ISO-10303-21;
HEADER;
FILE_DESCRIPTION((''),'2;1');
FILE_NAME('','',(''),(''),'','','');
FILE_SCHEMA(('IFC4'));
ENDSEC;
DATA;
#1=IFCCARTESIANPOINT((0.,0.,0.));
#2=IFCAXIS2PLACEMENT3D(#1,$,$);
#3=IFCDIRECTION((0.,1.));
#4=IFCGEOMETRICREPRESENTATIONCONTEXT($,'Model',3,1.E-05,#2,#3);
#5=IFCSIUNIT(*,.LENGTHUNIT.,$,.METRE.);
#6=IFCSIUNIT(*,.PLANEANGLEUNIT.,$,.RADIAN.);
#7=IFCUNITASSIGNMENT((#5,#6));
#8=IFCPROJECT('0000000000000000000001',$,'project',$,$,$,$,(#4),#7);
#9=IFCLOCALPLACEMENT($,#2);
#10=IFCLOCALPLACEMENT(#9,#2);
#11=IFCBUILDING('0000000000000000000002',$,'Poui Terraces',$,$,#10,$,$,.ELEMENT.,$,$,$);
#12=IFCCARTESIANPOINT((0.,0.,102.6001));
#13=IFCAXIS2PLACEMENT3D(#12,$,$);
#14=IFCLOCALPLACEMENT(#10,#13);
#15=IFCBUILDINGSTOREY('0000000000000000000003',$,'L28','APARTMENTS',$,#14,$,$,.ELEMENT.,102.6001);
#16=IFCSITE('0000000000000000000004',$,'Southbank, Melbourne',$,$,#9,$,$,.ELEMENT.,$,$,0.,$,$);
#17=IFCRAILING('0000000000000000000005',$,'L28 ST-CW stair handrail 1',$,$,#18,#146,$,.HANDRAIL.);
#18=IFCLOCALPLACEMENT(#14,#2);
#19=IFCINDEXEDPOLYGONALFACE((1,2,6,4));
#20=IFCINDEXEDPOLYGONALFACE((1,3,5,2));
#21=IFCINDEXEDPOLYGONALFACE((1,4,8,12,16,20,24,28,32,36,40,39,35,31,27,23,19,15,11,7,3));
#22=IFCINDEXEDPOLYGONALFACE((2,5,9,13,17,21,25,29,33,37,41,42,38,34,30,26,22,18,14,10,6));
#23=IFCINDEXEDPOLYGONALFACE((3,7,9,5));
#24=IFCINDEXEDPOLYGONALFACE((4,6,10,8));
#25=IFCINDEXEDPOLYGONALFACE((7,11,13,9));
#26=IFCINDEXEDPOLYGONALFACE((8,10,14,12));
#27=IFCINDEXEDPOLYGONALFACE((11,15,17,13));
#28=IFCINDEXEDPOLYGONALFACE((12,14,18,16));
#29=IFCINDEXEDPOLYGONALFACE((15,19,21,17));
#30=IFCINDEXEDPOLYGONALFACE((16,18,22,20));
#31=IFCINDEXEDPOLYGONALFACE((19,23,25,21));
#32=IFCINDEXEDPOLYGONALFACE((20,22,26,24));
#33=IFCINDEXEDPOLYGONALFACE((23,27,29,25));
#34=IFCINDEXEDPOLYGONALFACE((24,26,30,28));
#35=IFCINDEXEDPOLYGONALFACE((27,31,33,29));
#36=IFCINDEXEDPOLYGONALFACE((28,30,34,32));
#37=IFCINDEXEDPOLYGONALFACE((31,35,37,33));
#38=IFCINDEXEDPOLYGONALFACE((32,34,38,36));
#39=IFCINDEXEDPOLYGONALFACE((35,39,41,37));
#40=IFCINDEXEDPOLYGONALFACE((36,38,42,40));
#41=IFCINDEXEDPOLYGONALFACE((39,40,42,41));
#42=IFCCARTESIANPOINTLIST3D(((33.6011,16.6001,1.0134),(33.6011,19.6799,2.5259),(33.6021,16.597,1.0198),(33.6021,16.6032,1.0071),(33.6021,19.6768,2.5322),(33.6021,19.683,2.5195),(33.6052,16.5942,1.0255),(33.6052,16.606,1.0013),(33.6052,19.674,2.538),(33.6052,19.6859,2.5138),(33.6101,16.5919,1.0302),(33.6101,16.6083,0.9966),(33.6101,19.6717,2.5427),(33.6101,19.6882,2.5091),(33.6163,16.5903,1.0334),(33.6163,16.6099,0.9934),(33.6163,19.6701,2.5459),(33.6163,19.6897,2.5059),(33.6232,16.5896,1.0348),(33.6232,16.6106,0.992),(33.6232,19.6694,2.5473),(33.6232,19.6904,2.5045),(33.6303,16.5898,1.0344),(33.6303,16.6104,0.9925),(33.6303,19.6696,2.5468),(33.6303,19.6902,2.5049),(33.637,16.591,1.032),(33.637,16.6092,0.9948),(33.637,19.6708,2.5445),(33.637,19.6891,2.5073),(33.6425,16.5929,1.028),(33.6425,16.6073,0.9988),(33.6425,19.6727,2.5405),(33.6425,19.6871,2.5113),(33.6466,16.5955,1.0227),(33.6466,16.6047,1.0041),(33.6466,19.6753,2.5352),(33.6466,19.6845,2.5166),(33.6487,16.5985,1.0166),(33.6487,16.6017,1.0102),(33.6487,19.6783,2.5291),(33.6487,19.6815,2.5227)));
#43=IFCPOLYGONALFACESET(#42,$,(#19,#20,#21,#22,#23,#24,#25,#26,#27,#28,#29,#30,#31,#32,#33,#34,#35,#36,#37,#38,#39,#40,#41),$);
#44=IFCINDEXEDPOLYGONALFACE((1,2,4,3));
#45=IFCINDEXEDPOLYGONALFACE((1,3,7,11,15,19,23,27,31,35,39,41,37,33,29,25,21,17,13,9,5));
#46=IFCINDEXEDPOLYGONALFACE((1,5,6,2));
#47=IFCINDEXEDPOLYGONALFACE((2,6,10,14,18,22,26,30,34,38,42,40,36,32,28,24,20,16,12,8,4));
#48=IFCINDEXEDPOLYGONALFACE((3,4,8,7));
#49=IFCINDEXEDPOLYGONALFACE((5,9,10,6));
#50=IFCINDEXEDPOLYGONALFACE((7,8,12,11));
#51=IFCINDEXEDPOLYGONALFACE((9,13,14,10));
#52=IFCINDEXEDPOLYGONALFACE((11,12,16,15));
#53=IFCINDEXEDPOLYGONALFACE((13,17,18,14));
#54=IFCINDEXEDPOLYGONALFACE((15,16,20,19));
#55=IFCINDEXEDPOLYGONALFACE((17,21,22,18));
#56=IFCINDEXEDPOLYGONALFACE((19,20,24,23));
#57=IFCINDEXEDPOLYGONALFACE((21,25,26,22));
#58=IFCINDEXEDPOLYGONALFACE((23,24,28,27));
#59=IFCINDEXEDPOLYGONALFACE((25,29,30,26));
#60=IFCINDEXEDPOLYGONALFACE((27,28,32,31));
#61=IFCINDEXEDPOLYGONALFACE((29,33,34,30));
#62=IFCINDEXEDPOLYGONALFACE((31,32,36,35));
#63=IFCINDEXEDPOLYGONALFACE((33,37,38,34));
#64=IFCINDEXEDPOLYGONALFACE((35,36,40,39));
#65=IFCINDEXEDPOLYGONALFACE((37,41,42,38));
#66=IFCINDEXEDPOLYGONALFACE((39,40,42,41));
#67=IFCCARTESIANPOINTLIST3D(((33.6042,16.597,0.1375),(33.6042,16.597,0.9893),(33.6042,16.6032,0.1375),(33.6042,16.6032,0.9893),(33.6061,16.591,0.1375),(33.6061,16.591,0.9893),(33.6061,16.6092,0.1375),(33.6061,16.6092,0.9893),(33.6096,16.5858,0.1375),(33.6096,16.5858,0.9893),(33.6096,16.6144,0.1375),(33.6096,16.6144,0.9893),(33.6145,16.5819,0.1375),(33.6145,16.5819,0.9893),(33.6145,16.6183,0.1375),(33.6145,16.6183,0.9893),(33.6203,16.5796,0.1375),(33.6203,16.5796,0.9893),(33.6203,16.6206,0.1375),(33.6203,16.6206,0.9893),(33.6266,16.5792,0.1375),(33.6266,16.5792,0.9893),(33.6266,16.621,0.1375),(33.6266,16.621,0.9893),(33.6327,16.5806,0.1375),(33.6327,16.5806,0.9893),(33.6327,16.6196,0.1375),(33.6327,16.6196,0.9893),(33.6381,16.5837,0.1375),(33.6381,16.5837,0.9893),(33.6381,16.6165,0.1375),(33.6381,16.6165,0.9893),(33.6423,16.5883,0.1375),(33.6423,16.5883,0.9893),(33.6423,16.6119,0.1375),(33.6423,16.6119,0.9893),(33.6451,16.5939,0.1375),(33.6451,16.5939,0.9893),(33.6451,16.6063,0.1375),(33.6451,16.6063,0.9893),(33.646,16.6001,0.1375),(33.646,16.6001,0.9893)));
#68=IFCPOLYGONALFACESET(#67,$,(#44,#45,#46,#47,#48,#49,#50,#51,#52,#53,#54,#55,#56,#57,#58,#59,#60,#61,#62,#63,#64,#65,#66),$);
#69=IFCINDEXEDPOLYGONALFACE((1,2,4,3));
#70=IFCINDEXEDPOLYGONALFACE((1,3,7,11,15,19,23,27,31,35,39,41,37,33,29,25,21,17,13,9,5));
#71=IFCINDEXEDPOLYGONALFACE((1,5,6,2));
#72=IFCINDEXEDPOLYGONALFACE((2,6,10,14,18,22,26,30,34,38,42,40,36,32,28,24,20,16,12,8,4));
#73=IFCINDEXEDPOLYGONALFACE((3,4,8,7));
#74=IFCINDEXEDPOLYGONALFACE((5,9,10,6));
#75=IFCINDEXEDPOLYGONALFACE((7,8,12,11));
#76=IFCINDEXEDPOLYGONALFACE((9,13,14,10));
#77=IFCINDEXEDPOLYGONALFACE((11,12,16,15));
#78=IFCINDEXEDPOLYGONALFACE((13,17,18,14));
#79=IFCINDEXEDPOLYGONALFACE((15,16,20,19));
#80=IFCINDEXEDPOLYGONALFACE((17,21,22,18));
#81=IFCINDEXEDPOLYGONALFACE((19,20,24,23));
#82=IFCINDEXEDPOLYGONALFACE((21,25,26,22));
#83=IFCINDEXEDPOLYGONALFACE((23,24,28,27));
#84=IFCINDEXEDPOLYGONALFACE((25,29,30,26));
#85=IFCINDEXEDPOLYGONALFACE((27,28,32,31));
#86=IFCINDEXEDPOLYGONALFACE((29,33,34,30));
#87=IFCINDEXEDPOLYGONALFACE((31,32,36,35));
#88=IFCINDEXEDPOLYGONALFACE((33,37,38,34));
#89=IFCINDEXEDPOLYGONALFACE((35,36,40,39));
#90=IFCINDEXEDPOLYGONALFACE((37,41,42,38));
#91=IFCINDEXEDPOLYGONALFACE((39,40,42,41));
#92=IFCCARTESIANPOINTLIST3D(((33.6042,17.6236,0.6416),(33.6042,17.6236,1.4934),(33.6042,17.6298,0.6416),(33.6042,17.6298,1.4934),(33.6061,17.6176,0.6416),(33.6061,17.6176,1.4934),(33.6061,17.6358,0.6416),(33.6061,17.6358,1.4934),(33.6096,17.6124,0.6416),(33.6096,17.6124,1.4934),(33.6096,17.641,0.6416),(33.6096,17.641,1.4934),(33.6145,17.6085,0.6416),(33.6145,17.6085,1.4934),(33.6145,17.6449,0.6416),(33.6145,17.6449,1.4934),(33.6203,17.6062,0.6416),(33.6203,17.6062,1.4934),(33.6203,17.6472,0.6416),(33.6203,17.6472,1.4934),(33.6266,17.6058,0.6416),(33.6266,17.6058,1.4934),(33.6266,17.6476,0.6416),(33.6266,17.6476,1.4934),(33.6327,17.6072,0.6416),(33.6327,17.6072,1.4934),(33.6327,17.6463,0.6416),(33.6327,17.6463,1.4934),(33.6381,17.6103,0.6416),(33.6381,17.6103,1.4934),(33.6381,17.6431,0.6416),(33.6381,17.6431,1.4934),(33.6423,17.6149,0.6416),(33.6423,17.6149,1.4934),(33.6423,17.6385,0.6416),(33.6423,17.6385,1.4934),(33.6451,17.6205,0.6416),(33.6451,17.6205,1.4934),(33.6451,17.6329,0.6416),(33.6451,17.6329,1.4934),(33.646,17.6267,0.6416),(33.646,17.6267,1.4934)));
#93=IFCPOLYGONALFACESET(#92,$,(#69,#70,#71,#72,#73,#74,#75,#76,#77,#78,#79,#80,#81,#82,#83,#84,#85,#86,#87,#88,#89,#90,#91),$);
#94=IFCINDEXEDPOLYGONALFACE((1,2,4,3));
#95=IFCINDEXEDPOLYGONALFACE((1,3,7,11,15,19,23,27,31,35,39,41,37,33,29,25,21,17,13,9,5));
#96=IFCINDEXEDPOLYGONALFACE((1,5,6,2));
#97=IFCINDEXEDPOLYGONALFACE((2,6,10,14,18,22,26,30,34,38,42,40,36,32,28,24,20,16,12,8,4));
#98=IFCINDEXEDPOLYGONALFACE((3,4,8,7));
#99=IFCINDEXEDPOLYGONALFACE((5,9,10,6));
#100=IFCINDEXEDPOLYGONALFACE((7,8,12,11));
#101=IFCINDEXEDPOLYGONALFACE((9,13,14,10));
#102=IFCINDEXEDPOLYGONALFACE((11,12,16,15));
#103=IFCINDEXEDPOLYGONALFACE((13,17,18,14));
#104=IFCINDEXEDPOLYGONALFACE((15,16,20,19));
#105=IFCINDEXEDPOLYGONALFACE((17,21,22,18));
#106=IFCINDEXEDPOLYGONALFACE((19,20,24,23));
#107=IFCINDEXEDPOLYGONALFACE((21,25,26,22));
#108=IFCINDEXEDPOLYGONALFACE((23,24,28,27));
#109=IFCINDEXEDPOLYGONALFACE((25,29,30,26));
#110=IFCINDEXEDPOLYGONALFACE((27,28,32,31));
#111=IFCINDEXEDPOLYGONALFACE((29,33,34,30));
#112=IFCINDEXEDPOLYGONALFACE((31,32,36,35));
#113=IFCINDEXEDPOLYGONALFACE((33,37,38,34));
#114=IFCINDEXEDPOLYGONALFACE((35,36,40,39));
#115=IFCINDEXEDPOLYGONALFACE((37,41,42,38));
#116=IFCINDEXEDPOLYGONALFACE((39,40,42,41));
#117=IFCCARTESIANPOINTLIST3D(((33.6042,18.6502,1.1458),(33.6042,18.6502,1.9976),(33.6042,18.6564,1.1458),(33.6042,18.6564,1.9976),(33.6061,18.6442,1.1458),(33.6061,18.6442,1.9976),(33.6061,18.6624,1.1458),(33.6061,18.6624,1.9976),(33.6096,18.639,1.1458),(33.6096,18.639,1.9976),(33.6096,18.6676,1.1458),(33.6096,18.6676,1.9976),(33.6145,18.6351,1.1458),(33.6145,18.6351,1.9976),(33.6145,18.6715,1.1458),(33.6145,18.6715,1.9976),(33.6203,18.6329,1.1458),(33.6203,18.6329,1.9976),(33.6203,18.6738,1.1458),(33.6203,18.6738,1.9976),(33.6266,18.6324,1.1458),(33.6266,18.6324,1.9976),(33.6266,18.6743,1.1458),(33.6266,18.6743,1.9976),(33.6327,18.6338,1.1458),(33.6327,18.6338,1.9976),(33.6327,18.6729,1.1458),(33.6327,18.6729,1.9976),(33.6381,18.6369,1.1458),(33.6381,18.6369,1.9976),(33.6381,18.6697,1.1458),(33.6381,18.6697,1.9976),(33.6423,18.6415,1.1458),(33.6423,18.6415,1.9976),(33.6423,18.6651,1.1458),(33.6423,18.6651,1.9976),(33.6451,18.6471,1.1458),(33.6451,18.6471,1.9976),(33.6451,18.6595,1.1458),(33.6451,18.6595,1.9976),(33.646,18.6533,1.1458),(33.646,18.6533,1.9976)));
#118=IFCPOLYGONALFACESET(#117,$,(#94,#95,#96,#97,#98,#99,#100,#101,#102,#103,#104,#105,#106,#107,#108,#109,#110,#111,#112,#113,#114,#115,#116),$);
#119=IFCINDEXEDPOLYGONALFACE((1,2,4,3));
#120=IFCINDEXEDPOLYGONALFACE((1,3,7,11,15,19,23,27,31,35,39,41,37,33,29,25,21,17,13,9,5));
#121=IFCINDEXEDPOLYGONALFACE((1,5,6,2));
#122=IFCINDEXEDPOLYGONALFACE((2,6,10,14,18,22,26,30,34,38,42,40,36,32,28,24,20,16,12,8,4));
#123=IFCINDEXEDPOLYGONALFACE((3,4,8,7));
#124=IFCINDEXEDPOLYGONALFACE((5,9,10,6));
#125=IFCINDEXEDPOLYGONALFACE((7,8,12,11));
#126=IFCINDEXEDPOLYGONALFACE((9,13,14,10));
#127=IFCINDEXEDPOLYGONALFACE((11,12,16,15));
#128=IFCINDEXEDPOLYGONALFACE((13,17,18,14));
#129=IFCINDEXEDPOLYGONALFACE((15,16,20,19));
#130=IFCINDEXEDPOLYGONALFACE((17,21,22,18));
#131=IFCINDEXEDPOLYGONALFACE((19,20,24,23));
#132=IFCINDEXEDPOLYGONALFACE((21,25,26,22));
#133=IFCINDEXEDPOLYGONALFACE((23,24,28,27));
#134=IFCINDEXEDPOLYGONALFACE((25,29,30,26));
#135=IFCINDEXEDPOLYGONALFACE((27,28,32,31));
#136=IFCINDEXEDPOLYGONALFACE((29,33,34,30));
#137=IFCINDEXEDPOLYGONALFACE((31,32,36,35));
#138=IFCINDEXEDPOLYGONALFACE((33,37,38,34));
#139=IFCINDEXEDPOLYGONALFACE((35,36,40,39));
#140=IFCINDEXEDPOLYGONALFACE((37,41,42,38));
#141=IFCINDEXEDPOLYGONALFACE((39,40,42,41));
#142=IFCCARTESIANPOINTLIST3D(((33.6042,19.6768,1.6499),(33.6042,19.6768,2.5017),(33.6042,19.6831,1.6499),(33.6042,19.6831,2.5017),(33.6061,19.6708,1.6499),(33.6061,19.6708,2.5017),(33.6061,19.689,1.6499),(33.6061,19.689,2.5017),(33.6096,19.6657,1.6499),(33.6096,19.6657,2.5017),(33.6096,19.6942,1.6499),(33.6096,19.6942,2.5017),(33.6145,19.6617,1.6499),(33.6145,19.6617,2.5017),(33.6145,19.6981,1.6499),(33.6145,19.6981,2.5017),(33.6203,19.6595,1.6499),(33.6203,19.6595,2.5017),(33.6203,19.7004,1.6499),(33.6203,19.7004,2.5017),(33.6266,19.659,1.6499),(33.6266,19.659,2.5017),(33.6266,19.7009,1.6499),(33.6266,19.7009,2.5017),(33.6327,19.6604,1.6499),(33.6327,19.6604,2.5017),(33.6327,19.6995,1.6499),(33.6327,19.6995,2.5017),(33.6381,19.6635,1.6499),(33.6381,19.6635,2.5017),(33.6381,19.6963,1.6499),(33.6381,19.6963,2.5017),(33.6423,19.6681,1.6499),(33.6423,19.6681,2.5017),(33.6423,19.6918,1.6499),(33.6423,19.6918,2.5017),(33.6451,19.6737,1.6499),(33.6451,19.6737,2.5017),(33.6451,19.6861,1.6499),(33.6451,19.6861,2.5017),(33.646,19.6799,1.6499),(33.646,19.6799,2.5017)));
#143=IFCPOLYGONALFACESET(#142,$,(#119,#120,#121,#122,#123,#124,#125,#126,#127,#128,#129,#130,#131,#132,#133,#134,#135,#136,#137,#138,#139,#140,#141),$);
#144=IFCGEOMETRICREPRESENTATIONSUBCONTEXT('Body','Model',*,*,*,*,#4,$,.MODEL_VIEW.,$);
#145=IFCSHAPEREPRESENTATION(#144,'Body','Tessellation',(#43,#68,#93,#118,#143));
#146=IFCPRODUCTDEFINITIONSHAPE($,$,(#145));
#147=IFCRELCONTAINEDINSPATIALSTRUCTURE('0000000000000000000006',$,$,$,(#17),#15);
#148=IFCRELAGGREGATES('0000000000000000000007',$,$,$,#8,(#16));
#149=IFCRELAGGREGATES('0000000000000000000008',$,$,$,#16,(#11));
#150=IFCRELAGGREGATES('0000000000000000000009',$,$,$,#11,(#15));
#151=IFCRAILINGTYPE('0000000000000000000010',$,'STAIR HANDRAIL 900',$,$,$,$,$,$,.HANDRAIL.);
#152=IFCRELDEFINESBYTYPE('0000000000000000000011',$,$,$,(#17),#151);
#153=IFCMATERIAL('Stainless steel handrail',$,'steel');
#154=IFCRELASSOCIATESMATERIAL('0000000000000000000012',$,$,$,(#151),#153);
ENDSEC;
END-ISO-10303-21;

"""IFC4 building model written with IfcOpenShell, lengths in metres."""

from ifc_helpers import new_model, si_unit, direction, frame, origin, origin_2d, place, context, subcontext, project, spatial, circle, extrude, material, type_object, element, save


model = new_model("IFC4")

# Units and contexts
model_context = context("Model", 3, precision=1e-05, world=origin(), true_north=direction((0.0, 1.0)))
body_context = subcontext(model_context, "Body", "Model", "MODEL_VIEW")
ifc_project = project(units=[si_unit("LENGTHUNIT", "METRE"), si_unit("PLANEANGLEUNIT", "RADIAN")], contexts=[model_context])

# Site, building, storey
site_placement = place(None, origin())
site = spatial("IfcSite", under=ifc_project, at=site_placement, Name="Southbank, Melbourne", CompositionType="ELEMENT", RefElevation=0.0)
building_placement = place(site_placement, origin())
building = spatial("IfcBuilding", under=site, at=building_placement, Name="Poui Terraces", CompositionType="ELEMENT")
storey_placement = place(building_placement, frame((0.0, 0.0, 102.6001)))
storey = spatial("IfcBuildingStorey", under=building, at=storey_placement, Name="L28", Description="APARTMENTS", CompositionType="ELEMENT", Elevation=102.6001)

# Railing
ifc_material_1 = material(Name="Stainless steel handrail", Category="steel")
railing_type_1 = type_object("IfcRailingType", Name="STAIR HANDRAIL 900", PredefinedType="HANDRAIL", material=ifc_material_1)
railing_1_placement = place(storey_placement, frame((33.625, 16.6001, 0.1375)))
element("IfcRailing", 1, at=railing_1_placement, inside=storey, type_object=railing_type_1, Name="L28 ST-CW stair handrail 1", PredefinedType="HANDRAIL", context=body_context, shape_type="SweptSolid", body=[
    extrude(circle(Radius=0.0239, at=origin_2d()), frame((0.0, 0.0, 0.876), z_axis=(0.0, 0.897606, 0.440798), x_axis=(-1.0, 0.0, 0.0)), (0.0, 0.0, 1.0), 3.4312),
    extrude(circle(Radius=0.021, at=origin_2d()), origin(), (0.0, 0.0, 1.0), 0.8518),
    extrude(circle(Radius=0.021, at=origin_2d()), frame((0.0, 1.0266, 0.5042)), (0.0, 0.0, 1.0), 0.8518),
    extrude(circle(Radius=0.021, at=origin_2d()), frame((0.0, 2.0532, 1.0083)), (0.0, 0.0, 1.0), 0.8518),
    extrude(circle(Radius=0.021, at=origin_2d()), frame((0.0, 3.0798, 1.5125)), (0.0, 0.0, 1.0), 0.8518),
])

save(model, "model.ifc")
